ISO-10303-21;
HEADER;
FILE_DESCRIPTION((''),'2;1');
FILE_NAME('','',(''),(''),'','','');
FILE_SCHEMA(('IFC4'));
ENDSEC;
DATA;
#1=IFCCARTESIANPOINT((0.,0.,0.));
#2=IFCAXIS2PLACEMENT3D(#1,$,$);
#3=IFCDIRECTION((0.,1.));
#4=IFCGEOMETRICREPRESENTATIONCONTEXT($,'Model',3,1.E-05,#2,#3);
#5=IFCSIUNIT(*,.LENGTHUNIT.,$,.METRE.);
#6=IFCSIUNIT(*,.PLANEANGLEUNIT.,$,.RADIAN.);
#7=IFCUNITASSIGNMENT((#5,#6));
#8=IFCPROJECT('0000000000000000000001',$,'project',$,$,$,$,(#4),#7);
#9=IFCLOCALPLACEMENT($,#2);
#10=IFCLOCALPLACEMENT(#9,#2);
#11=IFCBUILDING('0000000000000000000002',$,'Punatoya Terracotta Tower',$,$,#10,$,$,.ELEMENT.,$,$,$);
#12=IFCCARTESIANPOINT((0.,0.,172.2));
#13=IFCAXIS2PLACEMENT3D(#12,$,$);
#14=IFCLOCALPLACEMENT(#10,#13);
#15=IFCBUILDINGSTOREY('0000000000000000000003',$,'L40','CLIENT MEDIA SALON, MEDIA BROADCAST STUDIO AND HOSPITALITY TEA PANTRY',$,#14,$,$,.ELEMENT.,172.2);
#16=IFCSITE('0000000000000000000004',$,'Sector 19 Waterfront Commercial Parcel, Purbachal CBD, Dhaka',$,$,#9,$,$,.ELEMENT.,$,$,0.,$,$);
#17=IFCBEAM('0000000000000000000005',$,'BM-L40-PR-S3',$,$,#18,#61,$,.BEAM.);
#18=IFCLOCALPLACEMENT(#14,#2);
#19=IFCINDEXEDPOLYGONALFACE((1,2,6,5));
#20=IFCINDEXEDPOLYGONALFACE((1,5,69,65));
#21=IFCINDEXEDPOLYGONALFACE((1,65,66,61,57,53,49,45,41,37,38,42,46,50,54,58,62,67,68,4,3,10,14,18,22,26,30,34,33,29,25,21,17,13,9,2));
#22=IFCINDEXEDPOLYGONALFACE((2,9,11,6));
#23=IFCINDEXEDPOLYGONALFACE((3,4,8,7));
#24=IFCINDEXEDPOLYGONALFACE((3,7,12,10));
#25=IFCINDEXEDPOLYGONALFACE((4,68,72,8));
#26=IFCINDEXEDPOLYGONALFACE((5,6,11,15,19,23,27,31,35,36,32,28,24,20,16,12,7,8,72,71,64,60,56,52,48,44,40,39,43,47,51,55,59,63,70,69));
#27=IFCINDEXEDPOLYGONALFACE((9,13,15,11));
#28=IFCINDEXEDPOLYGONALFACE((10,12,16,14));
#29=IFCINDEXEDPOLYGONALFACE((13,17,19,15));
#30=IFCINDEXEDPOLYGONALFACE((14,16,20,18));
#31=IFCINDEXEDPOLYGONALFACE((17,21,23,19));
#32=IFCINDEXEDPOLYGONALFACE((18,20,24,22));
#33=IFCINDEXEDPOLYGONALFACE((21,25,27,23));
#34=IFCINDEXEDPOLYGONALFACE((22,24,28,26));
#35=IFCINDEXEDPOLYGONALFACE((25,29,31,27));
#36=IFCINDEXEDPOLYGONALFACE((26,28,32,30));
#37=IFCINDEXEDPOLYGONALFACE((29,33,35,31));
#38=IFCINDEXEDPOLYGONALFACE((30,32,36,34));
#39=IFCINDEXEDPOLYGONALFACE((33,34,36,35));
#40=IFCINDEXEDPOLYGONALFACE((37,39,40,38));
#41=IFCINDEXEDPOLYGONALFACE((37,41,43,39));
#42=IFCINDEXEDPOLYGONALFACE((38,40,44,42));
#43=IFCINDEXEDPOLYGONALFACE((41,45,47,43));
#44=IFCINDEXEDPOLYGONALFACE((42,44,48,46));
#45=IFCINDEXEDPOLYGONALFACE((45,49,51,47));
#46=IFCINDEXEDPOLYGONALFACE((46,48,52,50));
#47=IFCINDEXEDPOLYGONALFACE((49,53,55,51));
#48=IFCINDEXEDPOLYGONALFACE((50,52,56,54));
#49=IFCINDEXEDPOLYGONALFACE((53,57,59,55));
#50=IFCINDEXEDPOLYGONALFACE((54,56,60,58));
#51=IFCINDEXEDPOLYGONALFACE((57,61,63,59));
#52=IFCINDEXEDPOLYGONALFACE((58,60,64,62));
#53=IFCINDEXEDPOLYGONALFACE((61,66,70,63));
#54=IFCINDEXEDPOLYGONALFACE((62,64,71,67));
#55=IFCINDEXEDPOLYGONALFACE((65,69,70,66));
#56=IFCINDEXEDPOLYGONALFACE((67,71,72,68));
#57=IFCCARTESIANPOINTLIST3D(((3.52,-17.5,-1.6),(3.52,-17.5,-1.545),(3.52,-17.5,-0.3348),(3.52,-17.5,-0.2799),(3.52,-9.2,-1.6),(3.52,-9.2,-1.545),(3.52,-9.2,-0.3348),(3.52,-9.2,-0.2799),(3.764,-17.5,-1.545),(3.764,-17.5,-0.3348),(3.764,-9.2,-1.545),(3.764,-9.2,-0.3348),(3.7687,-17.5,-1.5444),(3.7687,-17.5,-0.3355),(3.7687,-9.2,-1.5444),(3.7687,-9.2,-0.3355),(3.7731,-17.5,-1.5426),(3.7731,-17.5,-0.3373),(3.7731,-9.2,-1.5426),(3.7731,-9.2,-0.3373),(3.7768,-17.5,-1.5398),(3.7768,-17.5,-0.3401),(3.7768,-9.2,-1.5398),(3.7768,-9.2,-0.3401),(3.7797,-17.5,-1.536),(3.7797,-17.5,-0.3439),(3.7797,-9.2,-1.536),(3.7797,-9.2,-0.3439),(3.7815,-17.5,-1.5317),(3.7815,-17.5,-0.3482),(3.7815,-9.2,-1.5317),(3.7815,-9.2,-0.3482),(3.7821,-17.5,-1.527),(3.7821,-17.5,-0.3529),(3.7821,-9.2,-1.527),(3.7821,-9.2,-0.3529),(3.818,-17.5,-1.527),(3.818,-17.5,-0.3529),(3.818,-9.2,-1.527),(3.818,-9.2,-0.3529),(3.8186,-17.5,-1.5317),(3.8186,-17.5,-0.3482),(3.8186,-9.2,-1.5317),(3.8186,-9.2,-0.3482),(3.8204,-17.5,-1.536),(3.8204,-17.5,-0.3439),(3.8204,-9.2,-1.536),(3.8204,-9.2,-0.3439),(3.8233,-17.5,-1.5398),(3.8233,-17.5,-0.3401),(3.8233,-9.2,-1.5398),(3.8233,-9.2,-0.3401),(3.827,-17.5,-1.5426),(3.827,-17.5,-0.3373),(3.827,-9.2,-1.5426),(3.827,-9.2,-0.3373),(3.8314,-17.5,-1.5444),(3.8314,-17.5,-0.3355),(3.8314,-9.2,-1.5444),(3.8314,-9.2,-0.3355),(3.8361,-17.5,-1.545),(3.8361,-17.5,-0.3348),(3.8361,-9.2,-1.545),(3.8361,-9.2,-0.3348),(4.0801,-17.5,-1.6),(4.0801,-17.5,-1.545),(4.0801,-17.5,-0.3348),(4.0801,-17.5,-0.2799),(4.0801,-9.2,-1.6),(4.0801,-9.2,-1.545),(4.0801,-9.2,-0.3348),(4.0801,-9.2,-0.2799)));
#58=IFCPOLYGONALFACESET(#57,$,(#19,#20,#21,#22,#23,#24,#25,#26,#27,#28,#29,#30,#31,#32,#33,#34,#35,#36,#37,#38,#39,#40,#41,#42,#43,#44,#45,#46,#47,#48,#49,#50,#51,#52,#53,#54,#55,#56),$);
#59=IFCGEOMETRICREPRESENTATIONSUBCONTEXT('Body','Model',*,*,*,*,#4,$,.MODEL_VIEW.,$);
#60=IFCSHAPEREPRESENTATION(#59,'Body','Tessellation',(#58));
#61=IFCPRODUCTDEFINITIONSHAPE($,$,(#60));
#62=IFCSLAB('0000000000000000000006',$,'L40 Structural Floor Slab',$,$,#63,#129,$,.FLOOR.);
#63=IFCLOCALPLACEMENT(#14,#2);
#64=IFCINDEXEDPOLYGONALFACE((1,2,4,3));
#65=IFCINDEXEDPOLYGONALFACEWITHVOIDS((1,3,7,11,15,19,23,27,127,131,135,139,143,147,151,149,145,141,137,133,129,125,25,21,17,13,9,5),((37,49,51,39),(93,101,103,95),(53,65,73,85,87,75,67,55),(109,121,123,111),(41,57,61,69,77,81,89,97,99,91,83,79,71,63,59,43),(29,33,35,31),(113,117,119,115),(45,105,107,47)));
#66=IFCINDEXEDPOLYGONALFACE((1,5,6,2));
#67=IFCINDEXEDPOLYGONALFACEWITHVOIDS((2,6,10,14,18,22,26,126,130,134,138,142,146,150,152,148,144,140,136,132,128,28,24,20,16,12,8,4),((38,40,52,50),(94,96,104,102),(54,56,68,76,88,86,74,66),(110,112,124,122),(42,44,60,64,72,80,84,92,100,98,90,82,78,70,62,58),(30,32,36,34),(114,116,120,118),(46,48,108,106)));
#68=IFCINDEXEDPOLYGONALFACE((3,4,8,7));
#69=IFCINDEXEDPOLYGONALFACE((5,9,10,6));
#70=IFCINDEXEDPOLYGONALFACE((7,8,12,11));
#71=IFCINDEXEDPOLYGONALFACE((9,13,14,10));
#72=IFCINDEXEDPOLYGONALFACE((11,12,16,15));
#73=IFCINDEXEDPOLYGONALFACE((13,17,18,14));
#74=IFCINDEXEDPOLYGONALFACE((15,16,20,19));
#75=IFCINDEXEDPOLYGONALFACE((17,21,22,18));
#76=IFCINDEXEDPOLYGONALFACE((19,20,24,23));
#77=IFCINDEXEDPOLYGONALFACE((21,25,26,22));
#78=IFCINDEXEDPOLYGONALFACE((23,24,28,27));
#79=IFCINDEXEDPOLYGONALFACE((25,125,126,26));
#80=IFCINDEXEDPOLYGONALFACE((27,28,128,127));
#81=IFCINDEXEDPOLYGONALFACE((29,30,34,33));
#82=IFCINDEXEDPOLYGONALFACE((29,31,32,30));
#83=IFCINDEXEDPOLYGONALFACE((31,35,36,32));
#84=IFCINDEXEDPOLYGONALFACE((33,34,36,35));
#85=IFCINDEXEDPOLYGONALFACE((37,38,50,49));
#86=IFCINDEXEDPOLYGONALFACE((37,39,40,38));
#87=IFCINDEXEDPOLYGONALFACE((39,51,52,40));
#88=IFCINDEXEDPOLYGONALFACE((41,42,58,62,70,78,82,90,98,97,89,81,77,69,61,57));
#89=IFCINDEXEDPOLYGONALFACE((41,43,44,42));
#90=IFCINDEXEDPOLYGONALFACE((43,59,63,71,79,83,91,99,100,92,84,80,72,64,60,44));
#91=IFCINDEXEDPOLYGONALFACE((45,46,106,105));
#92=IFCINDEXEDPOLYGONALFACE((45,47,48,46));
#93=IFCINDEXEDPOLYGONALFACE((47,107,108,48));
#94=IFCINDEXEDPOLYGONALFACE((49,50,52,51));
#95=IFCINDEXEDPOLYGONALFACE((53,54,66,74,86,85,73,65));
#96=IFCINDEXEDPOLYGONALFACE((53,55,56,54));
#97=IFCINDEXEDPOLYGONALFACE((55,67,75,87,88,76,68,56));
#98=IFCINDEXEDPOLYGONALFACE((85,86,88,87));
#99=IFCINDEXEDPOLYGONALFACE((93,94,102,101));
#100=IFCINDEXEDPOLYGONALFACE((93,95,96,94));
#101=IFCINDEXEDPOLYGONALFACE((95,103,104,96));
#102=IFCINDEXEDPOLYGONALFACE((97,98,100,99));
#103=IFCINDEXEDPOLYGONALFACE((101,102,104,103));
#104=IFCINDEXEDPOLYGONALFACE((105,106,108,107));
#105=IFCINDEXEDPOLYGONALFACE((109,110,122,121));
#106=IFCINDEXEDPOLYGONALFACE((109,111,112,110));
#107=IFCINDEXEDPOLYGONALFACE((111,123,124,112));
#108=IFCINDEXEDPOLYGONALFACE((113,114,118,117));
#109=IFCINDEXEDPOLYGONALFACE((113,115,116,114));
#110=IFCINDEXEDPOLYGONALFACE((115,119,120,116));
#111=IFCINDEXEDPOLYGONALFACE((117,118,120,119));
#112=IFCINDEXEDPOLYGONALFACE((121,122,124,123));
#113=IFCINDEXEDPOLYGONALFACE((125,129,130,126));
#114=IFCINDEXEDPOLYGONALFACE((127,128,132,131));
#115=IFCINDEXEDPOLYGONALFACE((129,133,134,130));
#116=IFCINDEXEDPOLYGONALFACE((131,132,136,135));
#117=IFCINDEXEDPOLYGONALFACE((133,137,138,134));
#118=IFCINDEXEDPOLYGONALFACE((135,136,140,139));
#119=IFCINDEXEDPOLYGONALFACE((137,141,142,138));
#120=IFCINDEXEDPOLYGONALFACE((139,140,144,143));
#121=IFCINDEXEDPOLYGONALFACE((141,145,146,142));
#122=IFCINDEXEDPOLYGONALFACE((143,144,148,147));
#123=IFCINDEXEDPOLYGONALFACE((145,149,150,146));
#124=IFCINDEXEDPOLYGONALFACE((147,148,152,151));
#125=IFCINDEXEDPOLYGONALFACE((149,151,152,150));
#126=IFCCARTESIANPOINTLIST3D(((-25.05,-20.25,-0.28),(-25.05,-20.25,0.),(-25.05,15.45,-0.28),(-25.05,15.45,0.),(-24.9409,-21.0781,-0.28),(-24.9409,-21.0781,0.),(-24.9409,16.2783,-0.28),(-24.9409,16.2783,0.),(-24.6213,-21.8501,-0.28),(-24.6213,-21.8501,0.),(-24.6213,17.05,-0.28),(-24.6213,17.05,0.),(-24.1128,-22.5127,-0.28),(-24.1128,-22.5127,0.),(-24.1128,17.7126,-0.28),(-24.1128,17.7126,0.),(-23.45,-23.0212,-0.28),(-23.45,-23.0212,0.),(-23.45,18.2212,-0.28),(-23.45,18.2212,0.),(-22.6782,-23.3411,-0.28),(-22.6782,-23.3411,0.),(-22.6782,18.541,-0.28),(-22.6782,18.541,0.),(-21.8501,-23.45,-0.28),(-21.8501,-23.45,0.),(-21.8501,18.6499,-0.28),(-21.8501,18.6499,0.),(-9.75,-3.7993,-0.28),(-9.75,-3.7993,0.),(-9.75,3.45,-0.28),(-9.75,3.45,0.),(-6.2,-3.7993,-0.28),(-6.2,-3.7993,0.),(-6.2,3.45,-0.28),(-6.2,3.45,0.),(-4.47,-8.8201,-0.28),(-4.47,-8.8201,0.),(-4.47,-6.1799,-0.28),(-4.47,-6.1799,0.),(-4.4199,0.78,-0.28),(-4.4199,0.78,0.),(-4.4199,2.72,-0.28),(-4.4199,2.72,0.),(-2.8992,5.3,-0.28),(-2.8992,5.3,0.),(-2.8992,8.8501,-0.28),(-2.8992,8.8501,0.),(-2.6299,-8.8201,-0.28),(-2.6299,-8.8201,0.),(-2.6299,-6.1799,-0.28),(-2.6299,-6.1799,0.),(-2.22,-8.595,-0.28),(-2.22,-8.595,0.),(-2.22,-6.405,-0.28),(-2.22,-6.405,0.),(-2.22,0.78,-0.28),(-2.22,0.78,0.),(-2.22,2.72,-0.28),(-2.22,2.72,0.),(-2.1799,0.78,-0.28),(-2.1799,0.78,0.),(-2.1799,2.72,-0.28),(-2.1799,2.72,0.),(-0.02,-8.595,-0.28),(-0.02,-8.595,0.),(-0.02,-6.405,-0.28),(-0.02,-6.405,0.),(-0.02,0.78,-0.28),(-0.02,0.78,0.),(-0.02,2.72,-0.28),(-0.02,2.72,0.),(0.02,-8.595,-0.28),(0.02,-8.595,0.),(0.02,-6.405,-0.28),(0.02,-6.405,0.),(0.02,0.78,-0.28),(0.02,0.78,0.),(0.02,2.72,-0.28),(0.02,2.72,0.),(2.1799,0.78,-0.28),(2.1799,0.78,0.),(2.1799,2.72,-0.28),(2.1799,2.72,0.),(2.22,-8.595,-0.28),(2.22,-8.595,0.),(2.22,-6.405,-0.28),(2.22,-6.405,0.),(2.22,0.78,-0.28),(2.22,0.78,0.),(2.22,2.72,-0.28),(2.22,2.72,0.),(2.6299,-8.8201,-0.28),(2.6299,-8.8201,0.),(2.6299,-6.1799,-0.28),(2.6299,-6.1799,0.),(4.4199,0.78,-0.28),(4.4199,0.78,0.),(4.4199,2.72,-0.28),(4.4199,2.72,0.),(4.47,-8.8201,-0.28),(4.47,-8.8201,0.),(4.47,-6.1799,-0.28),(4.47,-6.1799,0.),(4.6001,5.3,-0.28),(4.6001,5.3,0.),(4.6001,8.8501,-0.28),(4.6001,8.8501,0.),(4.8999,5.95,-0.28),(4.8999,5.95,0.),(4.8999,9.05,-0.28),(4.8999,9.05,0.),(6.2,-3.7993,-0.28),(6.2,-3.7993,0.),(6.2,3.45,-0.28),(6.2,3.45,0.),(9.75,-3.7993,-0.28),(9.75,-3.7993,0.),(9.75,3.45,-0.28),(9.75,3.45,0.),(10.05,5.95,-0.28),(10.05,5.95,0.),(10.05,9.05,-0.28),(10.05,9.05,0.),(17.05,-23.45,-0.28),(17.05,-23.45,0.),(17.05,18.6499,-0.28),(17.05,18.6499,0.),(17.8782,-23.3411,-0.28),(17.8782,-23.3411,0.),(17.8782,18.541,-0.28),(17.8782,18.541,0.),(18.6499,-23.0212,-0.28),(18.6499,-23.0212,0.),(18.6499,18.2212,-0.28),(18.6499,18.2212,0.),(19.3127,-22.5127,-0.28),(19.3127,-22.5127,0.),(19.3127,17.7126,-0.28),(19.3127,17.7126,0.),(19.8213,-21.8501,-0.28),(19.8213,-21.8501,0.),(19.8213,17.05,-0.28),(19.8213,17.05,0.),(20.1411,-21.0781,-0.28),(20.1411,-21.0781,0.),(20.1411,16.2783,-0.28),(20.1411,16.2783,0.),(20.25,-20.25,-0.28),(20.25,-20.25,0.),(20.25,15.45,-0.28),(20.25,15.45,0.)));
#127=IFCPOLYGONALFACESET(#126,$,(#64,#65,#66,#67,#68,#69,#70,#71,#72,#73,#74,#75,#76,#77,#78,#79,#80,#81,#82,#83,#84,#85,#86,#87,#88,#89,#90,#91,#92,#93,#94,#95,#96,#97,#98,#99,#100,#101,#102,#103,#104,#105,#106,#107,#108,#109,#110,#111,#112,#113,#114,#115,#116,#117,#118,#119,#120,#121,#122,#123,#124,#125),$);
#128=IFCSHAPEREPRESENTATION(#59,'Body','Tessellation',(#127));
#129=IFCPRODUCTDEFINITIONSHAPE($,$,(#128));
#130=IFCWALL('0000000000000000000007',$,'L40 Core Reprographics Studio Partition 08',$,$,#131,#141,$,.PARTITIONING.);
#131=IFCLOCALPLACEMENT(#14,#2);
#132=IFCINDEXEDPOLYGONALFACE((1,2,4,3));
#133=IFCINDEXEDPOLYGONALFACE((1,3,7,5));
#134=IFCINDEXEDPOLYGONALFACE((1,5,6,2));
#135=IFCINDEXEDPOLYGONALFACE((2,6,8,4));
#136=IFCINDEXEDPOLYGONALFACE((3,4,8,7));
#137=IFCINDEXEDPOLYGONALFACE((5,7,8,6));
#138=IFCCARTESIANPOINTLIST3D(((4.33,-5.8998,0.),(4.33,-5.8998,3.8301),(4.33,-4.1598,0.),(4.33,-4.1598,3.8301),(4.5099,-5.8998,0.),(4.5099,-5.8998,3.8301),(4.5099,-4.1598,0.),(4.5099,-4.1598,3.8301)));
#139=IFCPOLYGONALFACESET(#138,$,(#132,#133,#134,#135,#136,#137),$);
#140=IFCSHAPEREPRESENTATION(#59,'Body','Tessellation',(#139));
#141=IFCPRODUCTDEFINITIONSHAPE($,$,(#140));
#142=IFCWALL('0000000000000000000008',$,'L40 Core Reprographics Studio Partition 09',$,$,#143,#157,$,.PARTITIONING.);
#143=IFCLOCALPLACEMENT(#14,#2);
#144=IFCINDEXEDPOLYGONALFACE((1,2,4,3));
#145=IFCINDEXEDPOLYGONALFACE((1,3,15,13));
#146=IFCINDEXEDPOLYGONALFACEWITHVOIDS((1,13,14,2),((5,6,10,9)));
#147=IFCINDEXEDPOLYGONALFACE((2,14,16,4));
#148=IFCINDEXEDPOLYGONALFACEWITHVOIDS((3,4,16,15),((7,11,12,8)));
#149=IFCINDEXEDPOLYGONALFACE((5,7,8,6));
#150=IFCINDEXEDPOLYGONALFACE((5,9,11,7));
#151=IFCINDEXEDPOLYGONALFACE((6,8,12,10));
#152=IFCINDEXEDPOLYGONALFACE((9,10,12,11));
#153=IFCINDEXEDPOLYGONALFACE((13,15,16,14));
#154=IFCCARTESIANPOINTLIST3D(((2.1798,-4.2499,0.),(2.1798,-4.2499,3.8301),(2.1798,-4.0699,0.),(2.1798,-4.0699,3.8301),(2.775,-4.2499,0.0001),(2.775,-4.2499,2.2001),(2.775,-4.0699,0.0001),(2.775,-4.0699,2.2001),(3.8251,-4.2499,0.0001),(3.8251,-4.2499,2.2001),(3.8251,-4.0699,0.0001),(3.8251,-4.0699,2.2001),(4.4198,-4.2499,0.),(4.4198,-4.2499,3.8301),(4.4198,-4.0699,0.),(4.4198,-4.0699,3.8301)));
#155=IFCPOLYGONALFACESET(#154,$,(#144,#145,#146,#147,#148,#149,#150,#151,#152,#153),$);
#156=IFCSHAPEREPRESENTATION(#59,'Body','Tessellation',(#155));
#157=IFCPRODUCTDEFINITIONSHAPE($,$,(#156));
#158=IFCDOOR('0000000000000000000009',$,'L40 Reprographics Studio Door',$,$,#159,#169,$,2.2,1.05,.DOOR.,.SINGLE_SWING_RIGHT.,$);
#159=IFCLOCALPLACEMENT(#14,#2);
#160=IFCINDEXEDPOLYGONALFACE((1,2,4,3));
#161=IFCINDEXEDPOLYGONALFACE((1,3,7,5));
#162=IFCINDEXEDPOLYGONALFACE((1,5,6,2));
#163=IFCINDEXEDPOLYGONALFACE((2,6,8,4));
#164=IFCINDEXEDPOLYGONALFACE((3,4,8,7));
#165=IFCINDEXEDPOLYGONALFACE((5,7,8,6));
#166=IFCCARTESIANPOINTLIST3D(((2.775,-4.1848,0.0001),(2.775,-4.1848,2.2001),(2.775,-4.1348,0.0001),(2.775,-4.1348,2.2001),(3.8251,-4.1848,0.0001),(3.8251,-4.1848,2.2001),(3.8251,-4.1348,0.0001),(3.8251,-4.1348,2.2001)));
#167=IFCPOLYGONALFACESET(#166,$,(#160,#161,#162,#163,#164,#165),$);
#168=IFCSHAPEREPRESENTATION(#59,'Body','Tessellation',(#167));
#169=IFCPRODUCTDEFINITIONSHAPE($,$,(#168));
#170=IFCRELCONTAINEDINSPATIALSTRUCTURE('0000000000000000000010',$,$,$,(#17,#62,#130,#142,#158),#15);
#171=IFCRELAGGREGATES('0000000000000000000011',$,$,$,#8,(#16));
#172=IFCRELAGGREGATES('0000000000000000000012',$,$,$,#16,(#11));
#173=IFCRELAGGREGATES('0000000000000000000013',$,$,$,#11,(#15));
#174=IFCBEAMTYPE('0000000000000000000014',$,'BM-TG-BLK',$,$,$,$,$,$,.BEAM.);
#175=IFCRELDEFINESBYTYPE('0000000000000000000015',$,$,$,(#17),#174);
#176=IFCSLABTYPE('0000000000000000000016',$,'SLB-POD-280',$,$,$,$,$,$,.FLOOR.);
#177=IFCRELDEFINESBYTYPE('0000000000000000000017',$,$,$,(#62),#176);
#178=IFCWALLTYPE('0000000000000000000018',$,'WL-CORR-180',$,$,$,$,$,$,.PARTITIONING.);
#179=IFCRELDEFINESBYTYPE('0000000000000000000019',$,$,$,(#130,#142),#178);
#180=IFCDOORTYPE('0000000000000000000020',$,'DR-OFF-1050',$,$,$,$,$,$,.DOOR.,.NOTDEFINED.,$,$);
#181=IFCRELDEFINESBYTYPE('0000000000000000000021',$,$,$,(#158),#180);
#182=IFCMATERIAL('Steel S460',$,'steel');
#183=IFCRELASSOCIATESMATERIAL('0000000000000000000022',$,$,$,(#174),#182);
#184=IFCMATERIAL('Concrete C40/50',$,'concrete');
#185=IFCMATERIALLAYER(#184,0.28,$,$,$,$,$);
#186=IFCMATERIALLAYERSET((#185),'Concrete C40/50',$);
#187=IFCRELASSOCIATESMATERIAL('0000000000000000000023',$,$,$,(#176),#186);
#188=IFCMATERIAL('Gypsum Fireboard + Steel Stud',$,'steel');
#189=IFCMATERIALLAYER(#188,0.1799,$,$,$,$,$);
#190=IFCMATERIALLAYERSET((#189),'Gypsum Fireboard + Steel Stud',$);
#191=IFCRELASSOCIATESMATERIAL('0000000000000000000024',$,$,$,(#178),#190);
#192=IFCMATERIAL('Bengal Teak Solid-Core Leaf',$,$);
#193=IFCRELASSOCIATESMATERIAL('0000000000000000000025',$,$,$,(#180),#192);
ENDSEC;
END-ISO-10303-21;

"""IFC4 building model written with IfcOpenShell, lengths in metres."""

from ifc_helpers import new_model, si_unit, direction, frame, frame_2d, origin, origin_2d, place, context, subcontext, project, spatial, polyline, rectangle, i_section, outline, extrude, material, layer, layer_set, material_profile, profile_set, type_object, element, fill, save


model = new_model("IFC4")

# Units and contexts
model_context = context("Model", 3, precision=1e-05, world=origin(), true_north=direction((0.0, 1.0)))
body_context = subcontext(model_context, "Body", "Model", "MODEL_VIEW")
ifc_project = project(units=[si_unit("LENGTHUNIT", "METRE"), si_unit("PLANEANGLEUNIT", "RADIAN")], contexts=[model_context])

# Site, building, storey
site_placement = place(None, origin())
site = spatial("IfcSite", under=ifc_project, at=site_placement, Name="Sector 19 Waterfront Commercial Parcel, Purbachal CBD, Dhaka", CompositionType="ELEMENT", RefElevation=0.0)
building_placement = place(site_placement, origin())
building = spatial("IfcBuilding", under=site, at=building_placement, Name="Punatoya Terracotta Tower", CompositionType="ELEMENT")
storey_placement = place(building_placement, frame((0.0, 0.0, 172.2)))
storey = spatial("IfcBuildingStorey", under=building, at=storey_placement, Name="L40", Description="CLIENT MEDIA SALON, MEDIA BROADCAST STUDIO AND HOSPITALITY TEA PANTRY", CompositionType="ELEMENT", Elevation=172.2)

# Beam
ifc_material_1 = material(Name="Steel S460", Category="steel")
ifc_material_profile = material_profile(ifc_material_1, i_section(OverallWidth=0.5601, OverallDepth=1.3201, WebThickness=0.0359, FlangeThickness=0.0549, FilletRadius=0.0181, at=origin_2d()))
ifc_profile_set = profile_set([ifc_material_profile], Name="Steel S460")
beam_type = type_object("IfcBeamType", Name="BM-TG-BLK", PredefinedType="BEAM", material=ifc_profile_set)
beam_placement = place(storey_placement, frame((3.8, -17.5, -0.9399), z_axis=(0.0, 1.0, 0.0), x_axis=(-1.0, 0.0, 0.0)))
element("IfcBeam", 1, at=beam_placement, inside=storey, type_object=beam_type, Name="BM-L40-PR-S3", PredefinedType="BEAM", context=body_context, shape_type="SweptSolid", body=[
    extrude(i_section(OverallWidth=0.5601, OverallDepth=1.3201, WebThickness=0.0359, FlangeThickness=0.0549, FilletRadius=0.0181, at=origin_2d()), origin(), (0.0, 0.0, 1.0), 8.3),
])

# Slab
ifc_material_2 = material(Name="Concrete C40/50", Category="concrete")
ifc_layer_1 = layer(ifc_material_2, 0.28)
ifc_layer_set_1 = layer_set([ifc_layer_1], Name="Concrete C40/50")
slab_type = type_object("IfcSlabType", Name="SLB-POD-280", PredefinedType="FLOOR", material=ifc_layer_set_1)
slab_placement = place(storey_placement, frame((0.0, 0.0, -0.28)))
element("IfcSlab", 2, at=slab_placement, inside=storey, type_object=slab_type, Name="L40 Structural Floor Slab", PredefinedType="FLOOR", context=body_context, shape_type="SweptSolid", body=[
    extrude(outline(polyline([(-21.8501, -23.45), (-22.6782, -23.3411), (-23.45, -23.0212), (-24.1128, -22.5127), (-24.6213, -21.8501), (-24.9409, -21.0781), (-25.05, -20.25), (-25.05, 15.45), (-24.9409, 16.2783), (-24.6213, 17.05), (-24.1128, 17.7126), (-23.45, 18.2212), (-22.6782, 18.541), (-21.8501, 18.6499), (17.05, 18.6499), (17.8782, 18.541), (18.6499, 18.2212), (19.3127, 17.7126), (19.8213, 17.05), (20.1411, 16.2783), (20.25, 15.45), (20.25, -20.25), (20.1411, -21.0781), (19.8213, -21.8501), (19.3127, -22.5127), (18.6499, -23.0212), (17.8782, -23.3411), (17.05, -23.45), (-21.8501, -23.45)]), holes=[polyline([(-2.6299, -6.1799), (-4.47, -6.1799), (-4.47, -8.8201), (-2.6299, -8.8201), (-2.6299, -6.1799)]), polyline([(0.02, -8.595), (2.22, -8.595), (2.22, -6.405), (0.02, -6.405), (-0.02, -6.405), (-2.22, -6.405), (-2.22, -8.595), (-0.02, -8.595), (0.02, -8.595)]), polyline([(-6.2, 3.45), (-9.75, 3.45), (-9.75, -3.7993), (-6.2, -3.7993), (-6.2, 3.45)]), polyline([(-4.4199, 2.72), (-4.4199, 0.78), (-2.22, 0.78), (-2.1799, 0.78), (-0.02, 0.78), (0.02, 0.78), (2.1799, 0.78), (2.22, 0.78), (4.4199, 0.78), (4.4199, 2.72), (2.22, 2.72), (2.1799, 2.72), (0.02, 2.72), (-0.02, 2.72), (-2.1799, 2.72), (-2.22, 2.72), (-4.4199, 2.72)]), polyline([(4.6001, 5.3), (4.6001, 8.8501), (-2.8992, 8.8501), (-2.8992, 5.3), (4.6001, 5.3)]), polyline([(4.47, -8.8201), (4.47, -6.1799), (2.6299, -6.1799), (2.6299, -8.8201), (4.47, -8.8201)]), polyline([(9.75, 3.45), (6.2, 3.45), (6.2, -3.7993), (9.75, -3.7993), (9.75, 3.45)]), polyline([(10.05, 5.95), (10.05, 9.05), (4.8999, 9.05), (4.8999, 5.95), (10.05, 5.95)])]), origin(), (0.0, 0.0, 1.0), 0.28),
])

# Wall
ifc_material_3 = material(Name="Gypsum Fireboard + Steel Stud", Category="steel")
ifc_layer_2 = layer(ifc_material_3, 0.1799)
ifc_layer_set_2 = layer_set([ifc_layer_2], Name="Gypsum Fireboard + Steel Stud")
wall_type_1 = type_object("IfcWallType", Name="WL-CORR-180", PredefinedType="PARTITIONING", material=ifc_layer_set_2)
wall_1_placement = place(storey_placement, frame((4.4199, -5.8999, 0.0), z_axis=(0.0, 0.0, 1.0), x_axis=(0.0, 1.0, 0.0)))
element("IfcWall", 3, at=wall_1_placement, inside=storey, type_object=wall_type_1, Name="L40 Core Reprographics Studio Partition 08", PredefinedType="PARTITIONING", context=body_context, shape_type="SweptSolid", body=[
    extrude(rectangle(XDim=1.74, YDim=0.1799, at=frame_2d((0.8701, 0.0))), origin(), (0.0, 0.0, 1.0), 3.8301),
])

# Wall, opening, door
wall_2_placement = place(storey_placement, frame((4.4199, -4.1599, 0.0), z_axis=(0.0, 0.0, 1.0), x_axis=(-1.0, 0.0, 0.0)))
wall_2 = element("IfcWall", 4, at=wall_2_placement, inside=storey, type_object=wall_type_1, Name="L40 Core Reprographics Studio Partition 09", PredefinedType="PARTITIONING", context=body_context, shape_type="SweptSolid", body=[
    extrude(rectangle(XDim=2.24, YDim=0.1799, at=frame_2d((1.1201, 0.0))), origin(), (0.0, 0.0, 1.0), 3.8301),
])
opening_1_placement = place(wall_2_placement, frame((0.595, 0.0, 0.0)))
opening_1 = element("IfcOpeningElement", 5, at=opening_1_placement, cuts=wall_2, PredefinedType="OPENING", context=body_context, shape_type="SweptSolid", body=[
    extrude(rectangle(XDim=1.05, YDim=2.2, at=frame_2d((0.5249, 1.1001))), frame((0.0, 0.0999, 0.0), z_axis=(0.0, -1.0, 0.0), x_axis=(1.0, 0.0, 0.0)), (0.0, 0.0, 1.0), 0.2),
])
ifc_material_4 = material(Name="Bengal Teak Solid-Core Leaf")
door_type_1 = type_object("IfcDoorType", Name="DR-OFF-1050", OperationType="NOTDEFINED", PredefinedType="DOOR", material=ifc_material_4)
door_1_placement = place(opening_1_placement, origin())
door_1 = element("IfcDoor", 6, at=door_1_placement, inside=storey, type_object=door_type_1, Name="L40 Reprographics Studio Door", OperationType="SINGLE_SWING_RIGHT", OverallHeight=2.2, OverallWidth=1.05, PredefinedType="DOOR", context=body_context, shape_type="SweptSolid", body=[
    extrude(rectangle(XDim=1.05, YDim=2.2, at=frame_2d((0.5249, 1.1001))), frame((0.0, 0.0249, 0.0), z_axis=(0.0, -1.0, 0.0), x_axis=(1.0, 0.0, 0.0)), (0.0, 0.0, 1.0), 0.05),
])
fill(opening_1, door_1)

save(model, "model.ifc")
